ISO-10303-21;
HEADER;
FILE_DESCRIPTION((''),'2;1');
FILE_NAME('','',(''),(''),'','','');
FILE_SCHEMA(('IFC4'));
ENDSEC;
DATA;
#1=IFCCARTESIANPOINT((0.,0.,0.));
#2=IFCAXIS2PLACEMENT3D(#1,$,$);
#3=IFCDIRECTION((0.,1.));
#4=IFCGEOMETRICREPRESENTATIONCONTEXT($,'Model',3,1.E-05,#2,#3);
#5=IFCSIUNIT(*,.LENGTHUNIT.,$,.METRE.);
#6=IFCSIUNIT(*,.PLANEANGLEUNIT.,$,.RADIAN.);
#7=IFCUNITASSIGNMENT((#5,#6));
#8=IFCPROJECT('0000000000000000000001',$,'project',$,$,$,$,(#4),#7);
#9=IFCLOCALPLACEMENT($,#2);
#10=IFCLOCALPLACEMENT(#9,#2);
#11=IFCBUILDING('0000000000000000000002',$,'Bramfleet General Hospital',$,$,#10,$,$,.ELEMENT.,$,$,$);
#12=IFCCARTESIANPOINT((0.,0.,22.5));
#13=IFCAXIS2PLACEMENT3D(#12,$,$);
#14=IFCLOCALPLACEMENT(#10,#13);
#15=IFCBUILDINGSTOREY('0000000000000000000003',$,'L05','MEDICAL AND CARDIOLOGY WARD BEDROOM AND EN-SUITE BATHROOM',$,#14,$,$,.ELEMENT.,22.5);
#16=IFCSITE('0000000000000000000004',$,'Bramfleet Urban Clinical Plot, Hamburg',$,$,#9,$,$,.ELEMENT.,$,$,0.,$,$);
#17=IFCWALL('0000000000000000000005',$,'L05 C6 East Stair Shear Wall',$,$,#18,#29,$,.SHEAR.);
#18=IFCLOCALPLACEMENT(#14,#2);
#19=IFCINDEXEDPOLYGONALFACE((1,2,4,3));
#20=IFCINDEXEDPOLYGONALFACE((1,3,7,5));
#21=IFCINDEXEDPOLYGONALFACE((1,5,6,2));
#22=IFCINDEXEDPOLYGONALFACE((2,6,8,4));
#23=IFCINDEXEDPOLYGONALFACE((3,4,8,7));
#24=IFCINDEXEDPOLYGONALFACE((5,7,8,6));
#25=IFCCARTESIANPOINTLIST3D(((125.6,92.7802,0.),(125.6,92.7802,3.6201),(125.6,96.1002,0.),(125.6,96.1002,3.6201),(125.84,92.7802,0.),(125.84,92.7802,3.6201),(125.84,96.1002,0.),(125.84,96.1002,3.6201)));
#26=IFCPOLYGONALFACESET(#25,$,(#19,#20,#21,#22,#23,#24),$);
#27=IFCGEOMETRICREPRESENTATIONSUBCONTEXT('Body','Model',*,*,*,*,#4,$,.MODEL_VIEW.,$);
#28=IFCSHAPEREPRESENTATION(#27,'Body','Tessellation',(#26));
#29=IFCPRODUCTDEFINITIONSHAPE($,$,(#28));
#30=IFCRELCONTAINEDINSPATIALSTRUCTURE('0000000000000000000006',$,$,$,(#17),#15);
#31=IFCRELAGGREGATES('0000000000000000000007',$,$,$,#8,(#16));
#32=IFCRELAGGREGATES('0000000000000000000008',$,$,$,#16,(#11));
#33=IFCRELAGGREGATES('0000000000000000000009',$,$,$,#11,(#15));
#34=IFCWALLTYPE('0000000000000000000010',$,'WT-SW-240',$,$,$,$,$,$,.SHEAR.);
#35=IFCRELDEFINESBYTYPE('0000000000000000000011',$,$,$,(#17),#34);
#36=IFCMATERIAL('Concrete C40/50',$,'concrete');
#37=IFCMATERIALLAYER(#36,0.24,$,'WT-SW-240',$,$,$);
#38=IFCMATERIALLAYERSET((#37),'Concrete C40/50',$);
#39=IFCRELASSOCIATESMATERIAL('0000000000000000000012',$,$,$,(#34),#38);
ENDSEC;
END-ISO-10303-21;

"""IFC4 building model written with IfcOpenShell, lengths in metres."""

from ifc_helpers import new_model, si_unit, direction, frame, frame_2d, origin, place, context, subcontext, project, spatial, rectangle, extrude, material, layer, layer_set, type_object, element, save


model = new_model("IFC4")

# Units and contexts
model_context = context("Model", 3, precision=1e-05, world=origin(), true_north=direction((0.0, 1.0)))
body_context = subcontext(model_context, "Body", "Model", "MODEL_VIEW")
ifc_project = project(units=[si_unit("LENGTHUNIT", "METRE"), si_unit("PLANEANGLEUNIT", "RADIAN")], contexts=[model_context])

# Site, building, storey
site_placement = place(None, origin())
site = spatial("IfcSite", under=ifc_project, at=site_placement, Name="Bramfleet Urban Clinical Plot, Hamburg", CompositionType="ELEMENT", RefElevation=0.0)
building_placement = place(site_placement, origin())
building = spatial("IfcBuilding", under=site, at=building_placement, Name="Bramfleet General Hospital", CompositionType="ELEMENT")
storey_placement = place(building_placement, frame((0.0, 0.0, 22.5)))
storey = spatial("IfcBuildingStorey", under=building, at=storey_placement, Name="L05", Description="MEDICAL AND CARDIOLOGY WARD BEDROOM AND EN-SUITE BATHROOM", CompositionType="ELEMENT", Elevation=22.5)

# Shared definitions
ifc_material_1 = material(Name="Concrete C40/50", Category="concrete")

# Wall
ifc_layer_1 = layer(ifc_material_1, 0.24, Name="WT-SW-240")
ifc_layer_set_1 = layer_set([ifc_layer_1], Name="Concrete C40/50")
wall_type_1 = type_object("IfcWallType", Name="WT-SW-240", PredefinedType="SHEAR", material=ifc_layer_set_1)
wall_1_placement = place(storey_placement, frame((125.72, 92.78, 0.0), z_axis=(0.0, 0.0, 1.0), x_axis=(0.0, 1.0, 0.0)))
element("IfcWall", 1, at=wall_1_placement, inside=storey, type_object=wall_type_1, Name="L05 C6 East Stair Shear Wall", PredefinedType="SHEAR", context=body_context, shape_type="SweptSolid", body=[
    extrude(rectangle(XDim=3.3201, YDim=0.24, at=frame_2d((1.6602, 0.0))), origin(), (0.0, 0.0, 1.0), 3.6201),
])

save(model, "model.ifc")
